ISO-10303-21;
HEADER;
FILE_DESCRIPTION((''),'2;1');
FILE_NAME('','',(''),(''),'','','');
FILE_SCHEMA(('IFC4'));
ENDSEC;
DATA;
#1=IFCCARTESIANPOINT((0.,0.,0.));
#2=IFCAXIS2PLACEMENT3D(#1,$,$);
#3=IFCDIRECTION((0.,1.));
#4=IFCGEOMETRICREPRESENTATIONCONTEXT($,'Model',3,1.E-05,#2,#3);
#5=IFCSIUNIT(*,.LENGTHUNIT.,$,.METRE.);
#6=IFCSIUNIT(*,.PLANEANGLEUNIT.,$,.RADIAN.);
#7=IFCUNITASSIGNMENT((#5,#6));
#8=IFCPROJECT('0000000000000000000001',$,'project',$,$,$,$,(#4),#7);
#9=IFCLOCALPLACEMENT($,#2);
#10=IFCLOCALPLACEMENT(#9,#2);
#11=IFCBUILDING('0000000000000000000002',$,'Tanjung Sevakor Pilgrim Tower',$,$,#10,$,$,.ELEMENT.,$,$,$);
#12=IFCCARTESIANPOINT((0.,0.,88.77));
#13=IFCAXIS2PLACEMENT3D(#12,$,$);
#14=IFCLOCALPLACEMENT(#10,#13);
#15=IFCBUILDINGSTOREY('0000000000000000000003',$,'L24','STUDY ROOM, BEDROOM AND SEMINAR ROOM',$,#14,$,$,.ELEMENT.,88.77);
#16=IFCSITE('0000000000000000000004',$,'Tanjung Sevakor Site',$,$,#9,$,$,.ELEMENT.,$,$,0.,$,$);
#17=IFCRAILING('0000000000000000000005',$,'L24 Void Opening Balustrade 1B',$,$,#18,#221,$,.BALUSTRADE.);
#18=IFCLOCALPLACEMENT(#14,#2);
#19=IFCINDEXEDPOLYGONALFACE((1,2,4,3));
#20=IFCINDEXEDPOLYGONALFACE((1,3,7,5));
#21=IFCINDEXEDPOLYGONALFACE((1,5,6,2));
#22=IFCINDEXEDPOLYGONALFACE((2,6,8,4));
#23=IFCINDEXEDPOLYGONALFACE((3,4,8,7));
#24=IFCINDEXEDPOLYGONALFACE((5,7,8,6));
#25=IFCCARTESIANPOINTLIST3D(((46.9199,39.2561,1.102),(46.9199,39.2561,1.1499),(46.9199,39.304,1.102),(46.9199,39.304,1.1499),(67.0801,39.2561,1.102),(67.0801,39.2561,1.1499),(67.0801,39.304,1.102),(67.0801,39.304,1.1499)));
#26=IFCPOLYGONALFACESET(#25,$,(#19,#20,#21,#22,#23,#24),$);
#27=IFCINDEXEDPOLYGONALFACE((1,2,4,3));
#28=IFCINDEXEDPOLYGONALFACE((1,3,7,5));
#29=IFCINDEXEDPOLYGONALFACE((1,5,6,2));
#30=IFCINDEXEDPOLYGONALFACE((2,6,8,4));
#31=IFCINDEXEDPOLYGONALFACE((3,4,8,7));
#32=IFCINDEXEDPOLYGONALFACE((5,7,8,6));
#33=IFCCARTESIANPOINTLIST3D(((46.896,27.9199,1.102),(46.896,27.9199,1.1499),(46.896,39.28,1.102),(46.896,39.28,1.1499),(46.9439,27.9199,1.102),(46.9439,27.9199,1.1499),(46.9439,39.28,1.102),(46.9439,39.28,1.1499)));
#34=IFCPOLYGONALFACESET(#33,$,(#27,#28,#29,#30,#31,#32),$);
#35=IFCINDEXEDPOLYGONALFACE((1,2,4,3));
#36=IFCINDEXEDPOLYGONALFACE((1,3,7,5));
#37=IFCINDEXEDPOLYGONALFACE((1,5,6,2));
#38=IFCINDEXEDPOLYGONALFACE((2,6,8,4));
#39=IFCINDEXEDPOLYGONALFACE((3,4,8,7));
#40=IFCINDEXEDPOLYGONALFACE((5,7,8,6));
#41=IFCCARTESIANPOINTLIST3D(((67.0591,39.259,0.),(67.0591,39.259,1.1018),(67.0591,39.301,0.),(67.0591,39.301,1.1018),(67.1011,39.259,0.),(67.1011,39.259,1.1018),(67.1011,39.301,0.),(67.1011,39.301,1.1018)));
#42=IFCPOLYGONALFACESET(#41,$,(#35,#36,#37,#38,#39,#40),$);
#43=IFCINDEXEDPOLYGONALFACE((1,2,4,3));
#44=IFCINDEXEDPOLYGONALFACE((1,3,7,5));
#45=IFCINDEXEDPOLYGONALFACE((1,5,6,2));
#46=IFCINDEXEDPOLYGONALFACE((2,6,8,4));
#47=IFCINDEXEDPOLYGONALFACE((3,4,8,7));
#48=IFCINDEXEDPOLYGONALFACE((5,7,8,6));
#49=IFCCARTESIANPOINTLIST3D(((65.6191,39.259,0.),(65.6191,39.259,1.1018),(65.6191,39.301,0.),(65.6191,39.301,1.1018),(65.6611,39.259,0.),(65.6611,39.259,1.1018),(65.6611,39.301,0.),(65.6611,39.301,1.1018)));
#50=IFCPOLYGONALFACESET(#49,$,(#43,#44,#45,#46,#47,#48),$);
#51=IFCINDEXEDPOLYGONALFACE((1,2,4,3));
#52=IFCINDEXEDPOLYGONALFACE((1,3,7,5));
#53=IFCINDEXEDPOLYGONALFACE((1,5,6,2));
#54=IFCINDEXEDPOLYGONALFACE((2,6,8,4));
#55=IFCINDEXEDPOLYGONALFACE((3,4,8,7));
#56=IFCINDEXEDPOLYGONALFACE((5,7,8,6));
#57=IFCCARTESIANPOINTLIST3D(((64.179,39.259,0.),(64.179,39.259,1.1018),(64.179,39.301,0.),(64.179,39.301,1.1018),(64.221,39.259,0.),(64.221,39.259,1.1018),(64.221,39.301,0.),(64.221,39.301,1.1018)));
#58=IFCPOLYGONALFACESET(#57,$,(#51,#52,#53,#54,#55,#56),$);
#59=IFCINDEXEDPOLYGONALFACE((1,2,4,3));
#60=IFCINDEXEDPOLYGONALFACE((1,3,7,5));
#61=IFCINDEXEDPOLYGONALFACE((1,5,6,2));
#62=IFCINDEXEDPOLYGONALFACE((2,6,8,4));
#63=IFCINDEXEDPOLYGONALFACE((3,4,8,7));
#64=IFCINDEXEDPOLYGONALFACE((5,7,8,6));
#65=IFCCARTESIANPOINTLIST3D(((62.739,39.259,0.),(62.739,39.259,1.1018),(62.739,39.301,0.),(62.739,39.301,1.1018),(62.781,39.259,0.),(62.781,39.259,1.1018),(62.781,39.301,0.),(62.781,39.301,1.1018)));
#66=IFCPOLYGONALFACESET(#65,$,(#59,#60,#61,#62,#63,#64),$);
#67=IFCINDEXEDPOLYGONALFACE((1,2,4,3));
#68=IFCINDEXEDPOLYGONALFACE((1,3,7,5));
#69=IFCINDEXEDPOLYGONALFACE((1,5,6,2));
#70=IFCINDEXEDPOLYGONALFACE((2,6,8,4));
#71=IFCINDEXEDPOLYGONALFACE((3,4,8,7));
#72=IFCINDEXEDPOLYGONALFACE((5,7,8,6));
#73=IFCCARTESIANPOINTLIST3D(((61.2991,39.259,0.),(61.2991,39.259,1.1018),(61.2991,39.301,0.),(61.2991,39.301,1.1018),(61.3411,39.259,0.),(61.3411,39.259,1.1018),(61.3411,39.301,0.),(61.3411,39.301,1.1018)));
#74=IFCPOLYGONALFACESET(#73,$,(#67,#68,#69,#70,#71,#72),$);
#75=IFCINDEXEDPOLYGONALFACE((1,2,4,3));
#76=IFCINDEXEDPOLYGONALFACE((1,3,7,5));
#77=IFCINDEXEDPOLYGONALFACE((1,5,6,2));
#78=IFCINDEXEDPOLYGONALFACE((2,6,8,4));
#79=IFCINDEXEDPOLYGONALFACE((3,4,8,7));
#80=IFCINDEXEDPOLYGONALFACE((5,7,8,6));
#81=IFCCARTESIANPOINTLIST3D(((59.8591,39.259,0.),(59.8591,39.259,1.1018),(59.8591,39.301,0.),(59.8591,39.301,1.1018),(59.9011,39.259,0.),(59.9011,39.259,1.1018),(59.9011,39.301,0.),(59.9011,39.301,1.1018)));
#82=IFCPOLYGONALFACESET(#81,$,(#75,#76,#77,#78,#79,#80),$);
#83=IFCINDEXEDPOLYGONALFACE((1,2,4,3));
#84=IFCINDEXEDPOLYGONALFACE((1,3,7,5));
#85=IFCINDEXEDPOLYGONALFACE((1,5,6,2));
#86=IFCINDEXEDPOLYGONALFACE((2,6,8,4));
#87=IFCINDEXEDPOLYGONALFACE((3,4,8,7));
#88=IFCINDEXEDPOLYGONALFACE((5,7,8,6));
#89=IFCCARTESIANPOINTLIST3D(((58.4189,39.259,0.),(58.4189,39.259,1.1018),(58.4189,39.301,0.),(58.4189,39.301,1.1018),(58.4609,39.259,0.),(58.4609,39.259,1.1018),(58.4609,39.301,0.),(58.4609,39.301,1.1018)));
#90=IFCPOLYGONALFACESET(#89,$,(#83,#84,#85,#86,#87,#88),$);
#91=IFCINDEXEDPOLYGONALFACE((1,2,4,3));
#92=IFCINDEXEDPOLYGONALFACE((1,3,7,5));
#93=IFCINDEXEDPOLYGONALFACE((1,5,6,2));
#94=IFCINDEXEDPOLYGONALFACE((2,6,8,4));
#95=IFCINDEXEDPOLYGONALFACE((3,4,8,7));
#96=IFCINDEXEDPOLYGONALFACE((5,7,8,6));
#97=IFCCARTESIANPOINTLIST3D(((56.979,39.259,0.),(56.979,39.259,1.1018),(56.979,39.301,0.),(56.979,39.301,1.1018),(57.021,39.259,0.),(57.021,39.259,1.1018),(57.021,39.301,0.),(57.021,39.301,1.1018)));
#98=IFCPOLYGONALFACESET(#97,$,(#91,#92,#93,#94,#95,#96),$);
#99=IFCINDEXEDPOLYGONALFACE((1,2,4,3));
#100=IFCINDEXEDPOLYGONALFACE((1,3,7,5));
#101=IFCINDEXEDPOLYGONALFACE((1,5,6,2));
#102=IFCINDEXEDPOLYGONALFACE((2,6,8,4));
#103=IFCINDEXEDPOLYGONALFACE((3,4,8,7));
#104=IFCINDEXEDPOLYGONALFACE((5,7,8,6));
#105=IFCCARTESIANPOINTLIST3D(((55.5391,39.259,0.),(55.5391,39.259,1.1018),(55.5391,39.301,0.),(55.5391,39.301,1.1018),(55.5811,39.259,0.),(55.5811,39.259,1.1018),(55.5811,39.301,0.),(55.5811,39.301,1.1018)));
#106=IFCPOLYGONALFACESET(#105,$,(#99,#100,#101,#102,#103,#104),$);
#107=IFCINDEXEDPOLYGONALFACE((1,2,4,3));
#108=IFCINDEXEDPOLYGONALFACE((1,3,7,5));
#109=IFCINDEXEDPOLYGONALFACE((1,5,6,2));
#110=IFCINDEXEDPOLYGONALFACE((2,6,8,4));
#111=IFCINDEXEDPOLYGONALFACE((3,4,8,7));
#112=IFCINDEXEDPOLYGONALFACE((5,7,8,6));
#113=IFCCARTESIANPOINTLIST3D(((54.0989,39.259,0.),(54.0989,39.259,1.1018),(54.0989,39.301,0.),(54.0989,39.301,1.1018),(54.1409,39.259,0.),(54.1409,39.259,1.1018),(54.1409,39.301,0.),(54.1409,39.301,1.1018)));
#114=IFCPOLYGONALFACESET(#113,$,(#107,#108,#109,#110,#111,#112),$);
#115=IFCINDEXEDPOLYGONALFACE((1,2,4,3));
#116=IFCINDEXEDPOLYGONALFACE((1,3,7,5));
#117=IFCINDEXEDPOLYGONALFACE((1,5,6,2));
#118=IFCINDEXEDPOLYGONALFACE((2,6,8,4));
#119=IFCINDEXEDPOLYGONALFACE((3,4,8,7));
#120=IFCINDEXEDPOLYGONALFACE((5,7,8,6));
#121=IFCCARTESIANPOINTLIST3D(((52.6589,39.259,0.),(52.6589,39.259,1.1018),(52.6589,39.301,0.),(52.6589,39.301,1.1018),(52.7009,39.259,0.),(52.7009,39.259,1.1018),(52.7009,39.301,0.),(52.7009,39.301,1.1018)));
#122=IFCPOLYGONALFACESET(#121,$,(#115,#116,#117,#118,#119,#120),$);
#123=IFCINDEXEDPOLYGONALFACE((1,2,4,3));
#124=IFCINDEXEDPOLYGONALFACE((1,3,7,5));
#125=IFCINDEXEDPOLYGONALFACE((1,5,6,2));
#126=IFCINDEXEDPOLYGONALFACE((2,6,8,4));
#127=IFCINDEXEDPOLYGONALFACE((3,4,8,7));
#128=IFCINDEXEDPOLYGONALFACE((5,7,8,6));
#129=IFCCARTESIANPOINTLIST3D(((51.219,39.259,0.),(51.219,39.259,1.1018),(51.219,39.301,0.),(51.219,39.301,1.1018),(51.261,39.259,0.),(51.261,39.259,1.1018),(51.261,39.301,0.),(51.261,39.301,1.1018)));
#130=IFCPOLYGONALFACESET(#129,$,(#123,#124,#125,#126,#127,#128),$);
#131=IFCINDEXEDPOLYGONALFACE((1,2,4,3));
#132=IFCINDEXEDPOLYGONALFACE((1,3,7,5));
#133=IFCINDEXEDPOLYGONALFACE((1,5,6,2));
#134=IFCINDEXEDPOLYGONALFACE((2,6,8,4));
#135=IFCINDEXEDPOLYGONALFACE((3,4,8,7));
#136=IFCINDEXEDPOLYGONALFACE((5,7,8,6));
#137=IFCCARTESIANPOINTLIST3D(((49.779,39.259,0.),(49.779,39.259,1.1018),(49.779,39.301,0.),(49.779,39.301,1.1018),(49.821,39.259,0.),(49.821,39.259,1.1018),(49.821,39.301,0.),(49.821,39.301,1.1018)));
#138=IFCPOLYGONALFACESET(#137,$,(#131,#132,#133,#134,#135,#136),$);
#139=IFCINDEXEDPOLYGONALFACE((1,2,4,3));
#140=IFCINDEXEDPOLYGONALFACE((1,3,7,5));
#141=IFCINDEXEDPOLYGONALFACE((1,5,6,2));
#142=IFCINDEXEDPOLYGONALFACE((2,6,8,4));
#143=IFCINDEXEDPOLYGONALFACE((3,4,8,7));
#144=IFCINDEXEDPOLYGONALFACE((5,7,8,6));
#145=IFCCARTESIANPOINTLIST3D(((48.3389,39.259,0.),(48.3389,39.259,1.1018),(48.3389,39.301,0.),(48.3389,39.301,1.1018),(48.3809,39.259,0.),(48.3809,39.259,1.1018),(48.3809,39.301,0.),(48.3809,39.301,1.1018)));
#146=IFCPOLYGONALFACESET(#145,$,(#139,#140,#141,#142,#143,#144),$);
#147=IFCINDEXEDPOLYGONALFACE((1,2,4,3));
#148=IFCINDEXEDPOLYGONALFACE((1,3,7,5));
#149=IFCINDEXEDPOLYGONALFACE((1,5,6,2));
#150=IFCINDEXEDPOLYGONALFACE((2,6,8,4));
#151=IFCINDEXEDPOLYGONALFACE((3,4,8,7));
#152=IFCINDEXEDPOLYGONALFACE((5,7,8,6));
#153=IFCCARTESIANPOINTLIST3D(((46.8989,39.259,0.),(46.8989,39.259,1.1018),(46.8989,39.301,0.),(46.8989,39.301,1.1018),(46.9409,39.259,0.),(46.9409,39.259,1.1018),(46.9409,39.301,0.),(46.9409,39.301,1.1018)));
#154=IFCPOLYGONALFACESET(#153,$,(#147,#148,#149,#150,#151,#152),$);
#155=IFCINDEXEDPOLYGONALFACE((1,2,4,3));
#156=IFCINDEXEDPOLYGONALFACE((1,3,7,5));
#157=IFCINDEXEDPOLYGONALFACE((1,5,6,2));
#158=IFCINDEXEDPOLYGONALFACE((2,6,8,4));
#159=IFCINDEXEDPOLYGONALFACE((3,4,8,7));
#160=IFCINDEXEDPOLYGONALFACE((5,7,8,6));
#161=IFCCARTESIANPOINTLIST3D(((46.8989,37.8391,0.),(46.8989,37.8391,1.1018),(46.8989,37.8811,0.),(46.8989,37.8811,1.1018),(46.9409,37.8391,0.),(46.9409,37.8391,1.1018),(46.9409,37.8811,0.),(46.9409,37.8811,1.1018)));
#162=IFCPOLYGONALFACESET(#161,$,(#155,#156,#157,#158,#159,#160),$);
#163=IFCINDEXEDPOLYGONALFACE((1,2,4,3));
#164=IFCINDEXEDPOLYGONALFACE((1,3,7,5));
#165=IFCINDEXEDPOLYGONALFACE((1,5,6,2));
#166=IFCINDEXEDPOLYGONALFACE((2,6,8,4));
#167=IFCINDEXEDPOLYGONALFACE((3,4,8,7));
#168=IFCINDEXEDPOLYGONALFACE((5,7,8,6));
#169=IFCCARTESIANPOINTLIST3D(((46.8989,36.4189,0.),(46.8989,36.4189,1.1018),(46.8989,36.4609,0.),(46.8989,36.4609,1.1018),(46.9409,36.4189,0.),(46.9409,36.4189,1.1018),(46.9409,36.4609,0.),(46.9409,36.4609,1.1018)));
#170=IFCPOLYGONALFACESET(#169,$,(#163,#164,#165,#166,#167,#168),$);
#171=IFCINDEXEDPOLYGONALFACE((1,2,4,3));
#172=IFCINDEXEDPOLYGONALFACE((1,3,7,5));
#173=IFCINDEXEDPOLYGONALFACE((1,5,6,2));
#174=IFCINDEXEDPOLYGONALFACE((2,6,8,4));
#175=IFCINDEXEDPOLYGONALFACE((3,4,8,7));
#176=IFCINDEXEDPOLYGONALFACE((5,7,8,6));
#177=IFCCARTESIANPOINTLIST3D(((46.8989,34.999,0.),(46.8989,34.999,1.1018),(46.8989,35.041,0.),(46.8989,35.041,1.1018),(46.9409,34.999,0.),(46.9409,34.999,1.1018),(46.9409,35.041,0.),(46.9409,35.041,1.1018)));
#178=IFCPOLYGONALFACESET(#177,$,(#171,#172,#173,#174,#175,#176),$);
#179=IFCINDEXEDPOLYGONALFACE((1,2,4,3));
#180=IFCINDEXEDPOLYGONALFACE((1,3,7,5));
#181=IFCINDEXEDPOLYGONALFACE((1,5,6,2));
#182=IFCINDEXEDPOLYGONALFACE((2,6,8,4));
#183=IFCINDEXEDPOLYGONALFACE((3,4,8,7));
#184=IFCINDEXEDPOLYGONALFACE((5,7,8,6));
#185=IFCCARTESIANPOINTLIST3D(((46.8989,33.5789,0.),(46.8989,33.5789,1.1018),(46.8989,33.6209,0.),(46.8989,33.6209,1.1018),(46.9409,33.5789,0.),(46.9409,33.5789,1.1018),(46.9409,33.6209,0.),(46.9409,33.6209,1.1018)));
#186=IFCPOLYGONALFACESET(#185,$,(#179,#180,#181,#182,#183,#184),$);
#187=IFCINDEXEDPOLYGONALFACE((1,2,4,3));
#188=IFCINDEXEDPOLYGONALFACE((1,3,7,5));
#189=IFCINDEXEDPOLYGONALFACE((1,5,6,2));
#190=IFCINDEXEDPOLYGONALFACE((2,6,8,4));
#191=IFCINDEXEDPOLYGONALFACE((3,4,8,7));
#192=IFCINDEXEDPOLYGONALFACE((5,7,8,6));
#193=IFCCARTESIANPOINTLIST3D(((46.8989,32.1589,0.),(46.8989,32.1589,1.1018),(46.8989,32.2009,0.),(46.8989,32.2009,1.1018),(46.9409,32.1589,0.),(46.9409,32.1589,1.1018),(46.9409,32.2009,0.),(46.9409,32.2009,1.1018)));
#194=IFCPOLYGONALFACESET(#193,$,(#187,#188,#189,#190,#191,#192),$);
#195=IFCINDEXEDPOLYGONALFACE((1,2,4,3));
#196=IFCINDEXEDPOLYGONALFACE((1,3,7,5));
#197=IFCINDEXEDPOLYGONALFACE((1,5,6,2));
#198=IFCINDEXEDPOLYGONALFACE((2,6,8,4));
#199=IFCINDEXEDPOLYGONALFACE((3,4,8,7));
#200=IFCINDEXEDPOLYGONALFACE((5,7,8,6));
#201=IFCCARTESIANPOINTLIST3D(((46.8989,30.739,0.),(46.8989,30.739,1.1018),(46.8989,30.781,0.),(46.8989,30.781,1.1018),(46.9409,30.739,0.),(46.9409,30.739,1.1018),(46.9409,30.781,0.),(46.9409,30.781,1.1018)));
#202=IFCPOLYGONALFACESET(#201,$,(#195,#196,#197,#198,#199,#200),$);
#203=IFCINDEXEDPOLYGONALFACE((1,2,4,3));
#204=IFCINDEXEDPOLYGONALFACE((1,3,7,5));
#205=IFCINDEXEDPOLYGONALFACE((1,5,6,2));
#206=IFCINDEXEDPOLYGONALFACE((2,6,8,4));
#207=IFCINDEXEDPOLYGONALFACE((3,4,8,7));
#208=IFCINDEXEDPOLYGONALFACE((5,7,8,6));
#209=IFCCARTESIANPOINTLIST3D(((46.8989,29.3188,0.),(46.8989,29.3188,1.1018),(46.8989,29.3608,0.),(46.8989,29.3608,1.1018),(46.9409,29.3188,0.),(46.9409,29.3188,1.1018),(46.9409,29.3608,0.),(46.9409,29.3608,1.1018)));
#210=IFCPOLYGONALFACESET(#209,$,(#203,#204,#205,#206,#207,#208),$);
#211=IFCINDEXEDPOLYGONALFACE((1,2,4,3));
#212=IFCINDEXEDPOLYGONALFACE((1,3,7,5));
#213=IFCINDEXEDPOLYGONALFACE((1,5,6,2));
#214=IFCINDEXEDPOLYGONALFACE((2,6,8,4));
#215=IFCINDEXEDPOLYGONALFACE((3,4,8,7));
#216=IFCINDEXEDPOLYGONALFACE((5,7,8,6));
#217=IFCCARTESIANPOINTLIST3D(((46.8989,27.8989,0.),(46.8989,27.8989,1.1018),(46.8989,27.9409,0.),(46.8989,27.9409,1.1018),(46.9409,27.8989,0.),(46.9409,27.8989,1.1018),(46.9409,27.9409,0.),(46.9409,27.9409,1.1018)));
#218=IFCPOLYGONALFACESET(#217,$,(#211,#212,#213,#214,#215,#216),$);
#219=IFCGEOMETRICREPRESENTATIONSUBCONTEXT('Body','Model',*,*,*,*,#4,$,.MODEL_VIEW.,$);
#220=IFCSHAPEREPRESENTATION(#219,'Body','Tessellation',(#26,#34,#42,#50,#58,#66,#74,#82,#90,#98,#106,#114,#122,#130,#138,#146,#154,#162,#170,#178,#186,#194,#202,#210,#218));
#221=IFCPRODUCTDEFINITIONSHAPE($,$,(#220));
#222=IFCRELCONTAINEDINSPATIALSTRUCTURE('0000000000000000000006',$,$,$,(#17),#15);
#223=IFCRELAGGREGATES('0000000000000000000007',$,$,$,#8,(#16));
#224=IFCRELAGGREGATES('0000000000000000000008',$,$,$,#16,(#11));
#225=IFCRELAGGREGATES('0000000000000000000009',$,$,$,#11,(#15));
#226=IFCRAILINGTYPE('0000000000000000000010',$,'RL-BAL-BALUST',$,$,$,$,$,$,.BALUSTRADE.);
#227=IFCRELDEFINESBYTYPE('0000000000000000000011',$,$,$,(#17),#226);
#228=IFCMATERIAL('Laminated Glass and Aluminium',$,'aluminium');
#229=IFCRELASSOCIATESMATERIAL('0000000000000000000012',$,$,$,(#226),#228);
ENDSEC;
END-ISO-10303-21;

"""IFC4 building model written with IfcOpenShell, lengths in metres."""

from ifc_helpers import new_model, si_unit, direction, frame, origin, place, context, subcontext, project, spatial, rectangle, extrude, material, type_object, element, save


model = new_model("IFC4")

# Units and contexts
model_context = context("Model", 3, precision=1e-05, world=origin(), true_north=direction((0.0, 1.0)))
body_context = subcontext(model_context, "Body", "Model", "MODEL_VIEW")
ifc_project = project(units=[si_unit("LENGTHUNIT", "METRE"), si_unit("PLANEANGLEUNIT", "RADIAN")], contexts=[model_context])

# Site, building, storey
site_placement = place(None, origin())
site = spatial("IfcSite", under=ifc_project, at=site_placement, Name="Tanjung Sevakor Site", CompositionType="ELEMENT", RefElevation=0.0)
building_placement = place(site_placement, origin())
building = spatial("IfcBuilding", under=site, at=building_placement, Name="Tanjung Sevakor Pilgrim Tower", CompositionType="ELEMENT")
storey_placement = place(building_placement, frame((0.0, 0.0, 88.77)))
storey = spatial("IfcBuildingStorey", under=building, at=storey_placement, Name="L24", Description="STUDY ROOM, BEDROOM AND SEMINAR ROOM", CompositionType="ELEMENT", Elevation=88.77)

# Railing
ifc_material_1 = material(Name="Laminated Glass and Aluminium", Category="aluminium")
railing_type = type_object("IfcRailingType", Name="RL-BAL-BALUST", PredefinedType="BALUSTRADE", material=ifc_material_1)
railing_1_placement = place(storey_placement, frame((67.0801, 39.28, 0.0)))
element("IfcRailing", 1, at=railing_1_placement, inside=storey, type_object=railing_type, Name="L24 Void Opening Balustrade 1B", PredefinedType="BALUSTRADE", context=body_context, shape_type="SweptSolid", body=[
    extrude(rectangle(XDim=0.0479, YDim=0.0479), frame((0.0, 0.0, 1.126), z_axis=(-1.0, 0.0, 0.0), x_axis=(0.0, -1.0, 0.0)), (0.0, 0.0, 1.0), 20.1602),
    extrude(rectangle(XDim=0.0479, YDim=0.0479), frame((-20.1602, 0.0, 1.126), z_axis=(0.0, -1.0, 0.0), x_axis=(1.0, 0.0, 0.0)), (0.0, 0.0, 1.0), 11.3601),
    extrude(rectangle(XDim=0.042, YDim=0.042), origin(), (0.0, 0.0, 1.0), 1.1018),
    extrude(rectangle(XDim=0.042, YDim=0.042), frame((-1.4399, 0.0, 0.0)), (0.0, 0.0, 1.0), 1.1018),
    extrude(rectangle(XDim=0.042, YDim=0.042), frame((-2.8801, 0.0, 0.0)), (0.0, 0.0, 1.0), 1.1018),
    extrude(rectangle(XDim=0.042, YDim=0.042), frame((-4.3201, 0.0, 0.0)), (0.0, 0.0, 1.0), 1.1018),
    extrude(rectangle(XDim=0.042, YDim=0.042), frame((-5.76, 0.0, 0.0)), (0.0, 0.0, 1.0), 1.1018),
    extrude(rectangle(XDim=0.042, YDim=0.042), frame((-7.2, 0.0, 0.0)), (0.0, 0.0, 1.0), 1.1018),
    extrude(rectangle(XDim=0.042, YDim=0.042), frame((-8.6401, 0.0, 0.0)), (0.0, 0.0, 1.0), 1.1018),
    extrude(rectangle(XDim=0.042, YDim=0.042), frame((-10.0801, 0.0, 0.0)), (0.0, 0.0, 1.0), 1.1018),
    extrude(rectangle(XDim=0.042, YDim=0.042), frame((-11.52, 0.0, 0.0)), (0.0, 0.0, 1.0), 1.1018),
    extrude(rectangle(XDim=0.042, YDim=0.042), frame((-12.9602, 0.0, 0.0)), (0.0, 0.0, 1.0), 1.1018),
    extrude(rectangle(XDim=0.042, YDim=0.042), frame((-14.4001, 0.0, 0.0)), (0.0, 0.0, 1.0), 1.1018),
    extrude(rectangle(XDim=0.042, YDim=0.042), frame((-15.8401, 0.0, 0.0)), (0.0, 0.0, 1.0), 1.1018),
    extrude(rectangle(XDim=0.042, YDim=0.042), frame((-17.28, 0.0, 0.0)), (0.0, 0.0, 1.0), 1.1018),
    extrude(rectangle(XDim=0.042, YDim=0.042), frame((-18.7202, 0.0, 0.0)), (0.0, 0.0, 1.0), 1.1018),
    extrude(rectangle(XDim=0.042, YDim=0.042), frame((-20.1602, 0.0, 0.0)), (0.0, 0.0, 1.0), 1.1018),
    extrude(rectangle(XDim=0.042, YDim=0.042), frame((-20.1602, -1.4199, 0.0)), (0.0, 0.0, 1.0), 1.1018),
    extrude(rectangle(XDim=0.042, YDim=0.042), frame((-20.1602, -2.8401, 0.0)), (0.0, 0.0, 1.0), 1.1018),
    extrude(rectangle(XDim=0.042, YDim=0.042), frame((-20.1602, -4.26, 0.0)), (0.0, 0.0, 1.0), 1.1018),
    extrude(rectangle(XDim=0.042, YDim=0.042), frame((-20.1602, -5.6802, 0.0)), (0.0, 0.0, 1.0), 1.1018),
    extrude(rectangle(XDim=0.042, YDim=0.042), frame((-20.1602, -7.1001, 0.0)), (0.0, 0.0, 1.0), 1.1018),
    extrude(rectangle(XDim=0.042, YDim=0.042), frame((-20.1602, -8.52, 0.0)), (0.0, 0.0, 1.0), 1.1018),
    extrude(rectangle(XDim=0.042, YDim=0.042), frame((-20.1602, -9.9402, 0.0)), (0.0, 0.0, 1.0), 1.1018),
    extrude(rectangle(XDim=0.042, YDim=0.042), frame((-20.1602, -11.3601, 0.0)), (0.0, 0.0, 1.0), 1.1018),
])

save(model, "model.ifc")
